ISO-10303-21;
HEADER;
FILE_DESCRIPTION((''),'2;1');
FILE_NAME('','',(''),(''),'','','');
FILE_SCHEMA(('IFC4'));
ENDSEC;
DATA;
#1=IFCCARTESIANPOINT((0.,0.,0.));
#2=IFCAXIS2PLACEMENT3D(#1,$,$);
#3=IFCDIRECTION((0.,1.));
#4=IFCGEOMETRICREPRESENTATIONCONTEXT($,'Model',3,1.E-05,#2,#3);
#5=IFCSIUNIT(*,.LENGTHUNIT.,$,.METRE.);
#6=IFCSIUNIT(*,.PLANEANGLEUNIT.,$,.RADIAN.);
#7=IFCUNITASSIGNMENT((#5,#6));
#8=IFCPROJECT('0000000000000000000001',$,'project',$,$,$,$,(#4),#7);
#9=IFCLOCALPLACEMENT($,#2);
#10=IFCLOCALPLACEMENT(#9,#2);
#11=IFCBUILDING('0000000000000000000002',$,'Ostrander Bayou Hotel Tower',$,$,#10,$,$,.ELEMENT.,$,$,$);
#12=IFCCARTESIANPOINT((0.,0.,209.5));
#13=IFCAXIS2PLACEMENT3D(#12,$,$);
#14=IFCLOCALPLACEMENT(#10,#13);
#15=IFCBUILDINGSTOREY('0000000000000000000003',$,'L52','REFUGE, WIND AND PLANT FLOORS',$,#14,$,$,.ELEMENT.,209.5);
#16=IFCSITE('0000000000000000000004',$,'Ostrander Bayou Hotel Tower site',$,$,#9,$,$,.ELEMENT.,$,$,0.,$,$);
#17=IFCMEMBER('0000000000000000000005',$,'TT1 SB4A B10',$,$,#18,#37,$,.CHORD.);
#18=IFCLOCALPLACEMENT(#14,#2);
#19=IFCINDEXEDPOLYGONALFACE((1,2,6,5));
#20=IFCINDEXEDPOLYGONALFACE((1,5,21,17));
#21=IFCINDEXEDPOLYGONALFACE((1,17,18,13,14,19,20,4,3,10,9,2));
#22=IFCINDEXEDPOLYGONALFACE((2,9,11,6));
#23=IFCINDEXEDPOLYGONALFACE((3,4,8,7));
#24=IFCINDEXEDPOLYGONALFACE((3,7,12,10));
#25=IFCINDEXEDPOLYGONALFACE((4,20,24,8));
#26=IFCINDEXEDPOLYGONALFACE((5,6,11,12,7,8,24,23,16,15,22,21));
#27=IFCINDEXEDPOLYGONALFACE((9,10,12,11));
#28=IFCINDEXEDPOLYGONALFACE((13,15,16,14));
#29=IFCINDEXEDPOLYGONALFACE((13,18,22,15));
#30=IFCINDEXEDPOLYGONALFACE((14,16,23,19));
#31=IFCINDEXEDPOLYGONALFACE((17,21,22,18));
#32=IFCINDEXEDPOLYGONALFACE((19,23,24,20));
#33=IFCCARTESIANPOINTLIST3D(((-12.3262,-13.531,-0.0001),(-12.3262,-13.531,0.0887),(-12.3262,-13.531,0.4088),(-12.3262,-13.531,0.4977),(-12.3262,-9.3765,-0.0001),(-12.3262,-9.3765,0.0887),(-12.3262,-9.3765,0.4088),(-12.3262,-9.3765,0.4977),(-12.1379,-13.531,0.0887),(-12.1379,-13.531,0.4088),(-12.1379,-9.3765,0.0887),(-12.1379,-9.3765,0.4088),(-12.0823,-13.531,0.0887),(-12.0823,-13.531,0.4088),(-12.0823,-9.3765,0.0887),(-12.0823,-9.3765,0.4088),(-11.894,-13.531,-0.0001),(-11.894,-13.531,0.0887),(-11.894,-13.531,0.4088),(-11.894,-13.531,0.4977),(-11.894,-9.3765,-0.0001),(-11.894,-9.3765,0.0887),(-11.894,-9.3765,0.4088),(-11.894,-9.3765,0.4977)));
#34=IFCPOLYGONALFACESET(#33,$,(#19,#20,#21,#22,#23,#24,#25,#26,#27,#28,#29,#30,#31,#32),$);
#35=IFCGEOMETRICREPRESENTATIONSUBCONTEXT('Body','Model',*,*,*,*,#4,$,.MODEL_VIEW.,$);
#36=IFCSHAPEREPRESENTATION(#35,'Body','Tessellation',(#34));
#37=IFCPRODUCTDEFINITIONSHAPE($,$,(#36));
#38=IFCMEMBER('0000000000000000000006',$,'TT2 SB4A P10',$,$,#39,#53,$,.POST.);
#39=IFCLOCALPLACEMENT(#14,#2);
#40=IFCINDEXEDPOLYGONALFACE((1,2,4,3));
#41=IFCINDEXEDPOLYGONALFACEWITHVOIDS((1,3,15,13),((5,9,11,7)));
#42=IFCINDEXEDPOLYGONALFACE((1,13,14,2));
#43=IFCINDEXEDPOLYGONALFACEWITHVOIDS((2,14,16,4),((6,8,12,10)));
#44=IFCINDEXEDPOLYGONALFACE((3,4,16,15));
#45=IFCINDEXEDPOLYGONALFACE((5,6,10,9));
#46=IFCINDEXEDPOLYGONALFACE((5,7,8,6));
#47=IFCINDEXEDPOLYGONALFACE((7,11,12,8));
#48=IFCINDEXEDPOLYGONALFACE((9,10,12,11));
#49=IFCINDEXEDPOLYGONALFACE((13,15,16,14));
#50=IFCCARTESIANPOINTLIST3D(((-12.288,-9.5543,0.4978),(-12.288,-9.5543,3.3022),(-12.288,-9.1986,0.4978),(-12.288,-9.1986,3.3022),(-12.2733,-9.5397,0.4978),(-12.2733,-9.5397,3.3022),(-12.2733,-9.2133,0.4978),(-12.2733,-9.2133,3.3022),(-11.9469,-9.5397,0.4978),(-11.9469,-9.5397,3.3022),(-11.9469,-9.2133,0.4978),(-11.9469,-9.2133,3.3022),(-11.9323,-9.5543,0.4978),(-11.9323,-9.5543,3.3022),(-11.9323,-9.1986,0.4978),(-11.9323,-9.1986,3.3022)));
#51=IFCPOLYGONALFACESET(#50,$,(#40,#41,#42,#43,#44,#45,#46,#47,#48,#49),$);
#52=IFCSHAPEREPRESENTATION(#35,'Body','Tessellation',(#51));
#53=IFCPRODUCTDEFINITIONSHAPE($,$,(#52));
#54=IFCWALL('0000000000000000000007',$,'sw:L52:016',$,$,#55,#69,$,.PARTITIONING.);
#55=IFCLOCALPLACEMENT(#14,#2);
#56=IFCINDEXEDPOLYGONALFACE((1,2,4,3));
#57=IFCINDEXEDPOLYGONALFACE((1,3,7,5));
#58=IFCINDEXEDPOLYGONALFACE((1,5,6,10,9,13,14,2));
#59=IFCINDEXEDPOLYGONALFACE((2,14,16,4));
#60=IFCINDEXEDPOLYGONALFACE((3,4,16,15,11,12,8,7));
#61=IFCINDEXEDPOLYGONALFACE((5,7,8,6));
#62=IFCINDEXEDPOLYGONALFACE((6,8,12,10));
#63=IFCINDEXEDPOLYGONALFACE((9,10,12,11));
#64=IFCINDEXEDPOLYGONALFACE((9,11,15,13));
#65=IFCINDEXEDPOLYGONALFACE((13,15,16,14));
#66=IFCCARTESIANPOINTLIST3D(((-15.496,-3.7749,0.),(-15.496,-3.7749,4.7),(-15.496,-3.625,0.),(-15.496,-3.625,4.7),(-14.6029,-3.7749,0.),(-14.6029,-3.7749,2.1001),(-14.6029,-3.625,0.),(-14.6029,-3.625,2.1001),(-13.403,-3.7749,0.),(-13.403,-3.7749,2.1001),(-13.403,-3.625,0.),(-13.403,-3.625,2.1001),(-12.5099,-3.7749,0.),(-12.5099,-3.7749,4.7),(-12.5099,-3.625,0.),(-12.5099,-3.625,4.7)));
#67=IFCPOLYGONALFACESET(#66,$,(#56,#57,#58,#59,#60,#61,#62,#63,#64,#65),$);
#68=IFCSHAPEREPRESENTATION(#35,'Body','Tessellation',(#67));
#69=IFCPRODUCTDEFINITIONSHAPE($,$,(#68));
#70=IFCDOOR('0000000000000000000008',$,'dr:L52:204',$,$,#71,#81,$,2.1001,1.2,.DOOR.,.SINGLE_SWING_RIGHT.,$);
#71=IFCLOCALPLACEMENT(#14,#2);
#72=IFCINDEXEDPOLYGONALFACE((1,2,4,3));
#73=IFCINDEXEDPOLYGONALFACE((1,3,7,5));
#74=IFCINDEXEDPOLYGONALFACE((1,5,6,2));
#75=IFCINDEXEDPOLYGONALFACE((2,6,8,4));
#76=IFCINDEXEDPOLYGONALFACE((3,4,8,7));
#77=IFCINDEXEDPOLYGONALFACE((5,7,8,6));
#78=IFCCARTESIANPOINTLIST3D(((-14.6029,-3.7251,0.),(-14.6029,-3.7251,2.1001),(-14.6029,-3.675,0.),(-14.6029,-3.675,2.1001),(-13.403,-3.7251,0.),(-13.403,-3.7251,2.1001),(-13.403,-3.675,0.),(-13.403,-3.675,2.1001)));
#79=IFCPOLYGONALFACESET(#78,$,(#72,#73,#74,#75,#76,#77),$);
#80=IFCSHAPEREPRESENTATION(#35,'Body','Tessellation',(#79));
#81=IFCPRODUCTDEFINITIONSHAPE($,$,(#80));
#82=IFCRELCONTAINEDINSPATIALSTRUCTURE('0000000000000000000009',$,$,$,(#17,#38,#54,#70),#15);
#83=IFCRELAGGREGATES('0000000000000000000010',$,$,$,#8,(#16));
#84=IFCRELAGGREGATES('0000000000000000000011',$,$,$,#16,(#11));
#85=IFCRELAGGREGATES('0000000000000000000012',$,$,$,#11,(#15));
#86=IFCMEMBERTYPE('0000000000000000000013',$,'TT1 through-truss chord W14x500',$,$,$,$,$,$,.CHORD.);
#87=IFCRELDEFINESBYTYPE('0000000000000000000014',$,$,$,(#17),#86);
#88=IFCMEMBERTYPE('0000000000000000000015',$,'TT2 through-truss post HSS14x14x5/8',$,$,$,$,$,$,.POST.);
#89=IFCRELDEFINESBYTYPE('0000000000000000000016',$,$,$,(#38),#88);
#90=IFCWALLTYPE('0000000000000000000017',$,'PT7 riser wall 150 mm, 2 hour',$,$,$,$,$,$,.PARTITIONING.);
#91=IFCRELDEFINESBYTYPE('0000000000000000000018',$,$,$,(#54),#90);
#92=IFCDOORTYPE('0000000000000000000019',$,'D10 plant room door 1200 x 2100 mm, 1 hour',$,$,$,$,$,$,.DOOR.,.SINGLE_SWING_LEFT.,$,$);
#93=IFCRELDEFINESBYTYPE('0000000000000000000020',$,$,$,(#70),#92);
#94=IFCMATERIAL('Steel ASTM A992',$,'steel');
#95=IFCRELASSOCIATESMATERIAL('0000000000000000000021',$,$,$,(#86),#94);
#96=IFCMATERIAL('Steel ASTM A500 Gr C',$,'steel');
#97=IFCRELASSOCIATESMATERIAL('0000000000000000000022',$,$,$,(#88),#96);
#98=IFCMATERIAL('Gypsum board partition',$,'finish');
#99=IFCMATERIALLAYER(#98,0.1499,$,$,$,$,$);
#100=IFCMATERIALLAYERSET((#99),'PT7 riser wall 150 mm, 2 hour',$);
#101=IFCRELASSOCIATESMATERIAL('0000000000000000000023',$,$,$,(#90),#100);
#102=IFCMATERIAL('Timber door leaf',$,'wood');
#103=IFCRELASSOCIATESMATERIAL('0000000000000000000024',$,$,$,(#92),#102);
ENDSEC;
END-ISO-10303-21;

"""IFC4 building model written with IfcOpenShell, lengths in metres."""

from ifc_helpers import new_model, si_unit, direction, frame, frame_2d, origin, origin_2d, place, context, subcontext, project, spatial, rectangle, hollow_rectangle, i_section, extrude, material, layer, layer_set, material_profile, profile_set, type_object, element, fill, save


model = new_model("IFC4")

# Units and contexts
model_context = context("Model", 3, precision=1e-05, world=origin(), true_north=direction((0.0, 1.0)))
body_context = subcontext(model_context, "Body", "Model", "MODEL_VIEW")
ifc_project = project(units=[si_unit("LENGTHUNIT", "METRE"), si_unit("PLANEANGLEUNIT", "RADIAN")], contexts=[model_context])

# Site, building, storey
site_placement = place(None, origin())
site = spatial("IfcSite", under=ifc_project, at=site_placement, Name="Ostrander Bayou Hotel Tower site", CompositionType="ELEMENT", RefElevation=0.0)
building_placement = place(site_placement, origin())
building = spatial("IfcBuilding", under=site, at=building_placement, Name="Ostrander Bayou Hotel Tower", CompositionType="ELEMENT")
storey_placement = place(building_placement, frame((0.0, 0.0, 209.5)))
storey = spatial("IfcBuildingStorey", under=building, at=storey_placement, Name="L52", Description="REFUGE, WIND AND PLANT FLOORS", CompositionType="ELEMENT", Elevation=209.5)

# Members
ifc_material_1 = material(Name="Steel ASTM A992", Category="steel")
ifc_material_profile_1 = material_profile(ifc_material_1, i_section(OverallWidth=0.4321, OverallDepth=0.4978, WebThickness=0.0557, FlangeThickness=0.0889, at=origin_2d()))
ifc_profile_set_1 = profile_set([ifc_material_profile_1], Name="Steel ASTM A992")
member_type_1 = type_object("IfcMemberType", Name="TT1 through-truss chord W14x500", PredefinedType="CHORD", material=ifc_profile_set_1)
member_1_placement = place(storey_placement, frame((-12.1101, -9.3765, 0.2488), z_axis=(0.0, -1.0, 0.0), x_axis=(1.0, 0.0, 0.0)))
element("IfcMember", 1, at=member_1_placement, inside=storey, type_object=member_type_1, Name="TT1 SB4A B10", PredefinedType="CHORD", context=body_context, shape_type="SweptSolid", body=[
    extrude(i_section(OverallWidth=0.4321, OverallDepth=0.4978, WebThickness=0.0557, FlangeThickness=0.0889, at=origin_2d()), origin(), (0.0, 0.0, 1.0), 4.1545),
])
ifc_material_2 = material(Name="Steel ASTM A500 Gr C", Category="steel")
ifc_material_profile_2 = material_profile(ifc_material_2, hollow_rectangle(XDim=0.3557, YDim=0.3557, WallThickness=0.0146, at=origin_2d()))
ifc_profile_set_2 = profile_set([ifc_material_profile_2], Name="Steel ASTM A500 Gr C")
member_type_2 = type_object("IfcMemberType", Name="TT2 through-truss post HSS14x14x5/8", PredefinedType="POST", material=ifc_profile_set_2)
member_2_placement = place(storey_placement, frame((-12.1101, -9.3765, 0.4978), z_axis=(0.0, 0.0, 1.0), x_axis=(1.0, 0.0, 0.0)))
element("IfcMember", 2, at=member_2_placement, inside=storey, type_object=member_type_2, Name="TT2 SB4A P10", PredefinedType="POST", context=body_context, shape_type="SweptSolid", body=[
    extrude(hollow_rectangle(XDim=0.3557, YDim=0.3557, WallThickness=0.0146, at=origin_2d()), origin(), (0.0, 0.0, 1.0), 2.8044),
])

# Wall, opening, door
ifc_material_3 = material(Name="Gypsum board partition", Category="finish")
ifc_layer_1 = layer(ifc_material_3, 0.1499)
ifc_layer_set_1 = layer_set([ifc_layer_1], Name="PT7 riser wall 150 mm, 2 hour")
wall_type = type_object("IfcWallType", Name="PT7 riser wall 150 mm, 2 hour", PredefinedType="PARTITIONING", material=ifc_layer_set_1)
wall_placement = place(storey_placement, frame((-15.4961, -3.7, 0.0), z_axis=(0.0, 0.0, 1.0), x_axis=(1.0, 0.0, 0.0)))
wall = element("IfcWall", 3, at=wall_placement, inside=storey, type_object=wall_type, Name="sw:L52:016", PredefinedType="PARTITIONING", context=body_context, shape_type="SweptSolid", body=[
    extrude(rectangle(XDim=2.9861, YDim=0.1499, at=frame_2d((1.4932, 0.0))), origin(), (0.0, 0.0, 1.0), 4.7),
])
opening_placement = place(wall_placement, frame((0.8931, 0.0, 0.0)))
opening = element("IfcOpeningElement", 4, at=opening_placement, cuts=wall, PredefinedType="OPENING", context=body_context, shape_type="SweptSolid", body=[
    extrude(rectangle(XDim=1.2, YDim=2.1001, at=frame_2d((0.6001, 1.05))), frame((0.0, 0.075, 0.0), z_axis=(0.0, -1.0, 0.0), x_axis=(1.0, 0.0, 0.0)), (0.0, 0.0, 1.0), 0.1499),
])
ifc_material_4 = material(Name="Timber door leaf", Category="wood")
door_type = type_object("IfcDoorType", Name="D10 plant room door 1200 x 2100 mm, 1 hour", OperationType="SINGLE_SWING_LEFT", PredefinedType="DOOR", material=ifc_material_4)
door_placement = place(opening_placement, origin())
door = element("IfcDoor", 5, at=door_placement, inside=storey, type_object=door_type, Name="dr:L52:204", OperationType="SINGLE_SWING_RIGHT", OverallHeight=2.1001, OverallWidth=1.2, PredefinedType="DOOR", context=body_context, shape_type="SweptSolid", body=[
    extrude(rectangle(XDim=1.2, YDim=2.1001, at=frame_2d((0.6001, 1.05))), frame((0.0, 0.0249, 0.0), z_axis=(0.0, -1.0, 0.0), x_axis=(1.0, 0.0, 0.0)), (0.0, 0.0, 1.0), 0.05),
])
fill(opening, door)

save(model, "model.ifc")
